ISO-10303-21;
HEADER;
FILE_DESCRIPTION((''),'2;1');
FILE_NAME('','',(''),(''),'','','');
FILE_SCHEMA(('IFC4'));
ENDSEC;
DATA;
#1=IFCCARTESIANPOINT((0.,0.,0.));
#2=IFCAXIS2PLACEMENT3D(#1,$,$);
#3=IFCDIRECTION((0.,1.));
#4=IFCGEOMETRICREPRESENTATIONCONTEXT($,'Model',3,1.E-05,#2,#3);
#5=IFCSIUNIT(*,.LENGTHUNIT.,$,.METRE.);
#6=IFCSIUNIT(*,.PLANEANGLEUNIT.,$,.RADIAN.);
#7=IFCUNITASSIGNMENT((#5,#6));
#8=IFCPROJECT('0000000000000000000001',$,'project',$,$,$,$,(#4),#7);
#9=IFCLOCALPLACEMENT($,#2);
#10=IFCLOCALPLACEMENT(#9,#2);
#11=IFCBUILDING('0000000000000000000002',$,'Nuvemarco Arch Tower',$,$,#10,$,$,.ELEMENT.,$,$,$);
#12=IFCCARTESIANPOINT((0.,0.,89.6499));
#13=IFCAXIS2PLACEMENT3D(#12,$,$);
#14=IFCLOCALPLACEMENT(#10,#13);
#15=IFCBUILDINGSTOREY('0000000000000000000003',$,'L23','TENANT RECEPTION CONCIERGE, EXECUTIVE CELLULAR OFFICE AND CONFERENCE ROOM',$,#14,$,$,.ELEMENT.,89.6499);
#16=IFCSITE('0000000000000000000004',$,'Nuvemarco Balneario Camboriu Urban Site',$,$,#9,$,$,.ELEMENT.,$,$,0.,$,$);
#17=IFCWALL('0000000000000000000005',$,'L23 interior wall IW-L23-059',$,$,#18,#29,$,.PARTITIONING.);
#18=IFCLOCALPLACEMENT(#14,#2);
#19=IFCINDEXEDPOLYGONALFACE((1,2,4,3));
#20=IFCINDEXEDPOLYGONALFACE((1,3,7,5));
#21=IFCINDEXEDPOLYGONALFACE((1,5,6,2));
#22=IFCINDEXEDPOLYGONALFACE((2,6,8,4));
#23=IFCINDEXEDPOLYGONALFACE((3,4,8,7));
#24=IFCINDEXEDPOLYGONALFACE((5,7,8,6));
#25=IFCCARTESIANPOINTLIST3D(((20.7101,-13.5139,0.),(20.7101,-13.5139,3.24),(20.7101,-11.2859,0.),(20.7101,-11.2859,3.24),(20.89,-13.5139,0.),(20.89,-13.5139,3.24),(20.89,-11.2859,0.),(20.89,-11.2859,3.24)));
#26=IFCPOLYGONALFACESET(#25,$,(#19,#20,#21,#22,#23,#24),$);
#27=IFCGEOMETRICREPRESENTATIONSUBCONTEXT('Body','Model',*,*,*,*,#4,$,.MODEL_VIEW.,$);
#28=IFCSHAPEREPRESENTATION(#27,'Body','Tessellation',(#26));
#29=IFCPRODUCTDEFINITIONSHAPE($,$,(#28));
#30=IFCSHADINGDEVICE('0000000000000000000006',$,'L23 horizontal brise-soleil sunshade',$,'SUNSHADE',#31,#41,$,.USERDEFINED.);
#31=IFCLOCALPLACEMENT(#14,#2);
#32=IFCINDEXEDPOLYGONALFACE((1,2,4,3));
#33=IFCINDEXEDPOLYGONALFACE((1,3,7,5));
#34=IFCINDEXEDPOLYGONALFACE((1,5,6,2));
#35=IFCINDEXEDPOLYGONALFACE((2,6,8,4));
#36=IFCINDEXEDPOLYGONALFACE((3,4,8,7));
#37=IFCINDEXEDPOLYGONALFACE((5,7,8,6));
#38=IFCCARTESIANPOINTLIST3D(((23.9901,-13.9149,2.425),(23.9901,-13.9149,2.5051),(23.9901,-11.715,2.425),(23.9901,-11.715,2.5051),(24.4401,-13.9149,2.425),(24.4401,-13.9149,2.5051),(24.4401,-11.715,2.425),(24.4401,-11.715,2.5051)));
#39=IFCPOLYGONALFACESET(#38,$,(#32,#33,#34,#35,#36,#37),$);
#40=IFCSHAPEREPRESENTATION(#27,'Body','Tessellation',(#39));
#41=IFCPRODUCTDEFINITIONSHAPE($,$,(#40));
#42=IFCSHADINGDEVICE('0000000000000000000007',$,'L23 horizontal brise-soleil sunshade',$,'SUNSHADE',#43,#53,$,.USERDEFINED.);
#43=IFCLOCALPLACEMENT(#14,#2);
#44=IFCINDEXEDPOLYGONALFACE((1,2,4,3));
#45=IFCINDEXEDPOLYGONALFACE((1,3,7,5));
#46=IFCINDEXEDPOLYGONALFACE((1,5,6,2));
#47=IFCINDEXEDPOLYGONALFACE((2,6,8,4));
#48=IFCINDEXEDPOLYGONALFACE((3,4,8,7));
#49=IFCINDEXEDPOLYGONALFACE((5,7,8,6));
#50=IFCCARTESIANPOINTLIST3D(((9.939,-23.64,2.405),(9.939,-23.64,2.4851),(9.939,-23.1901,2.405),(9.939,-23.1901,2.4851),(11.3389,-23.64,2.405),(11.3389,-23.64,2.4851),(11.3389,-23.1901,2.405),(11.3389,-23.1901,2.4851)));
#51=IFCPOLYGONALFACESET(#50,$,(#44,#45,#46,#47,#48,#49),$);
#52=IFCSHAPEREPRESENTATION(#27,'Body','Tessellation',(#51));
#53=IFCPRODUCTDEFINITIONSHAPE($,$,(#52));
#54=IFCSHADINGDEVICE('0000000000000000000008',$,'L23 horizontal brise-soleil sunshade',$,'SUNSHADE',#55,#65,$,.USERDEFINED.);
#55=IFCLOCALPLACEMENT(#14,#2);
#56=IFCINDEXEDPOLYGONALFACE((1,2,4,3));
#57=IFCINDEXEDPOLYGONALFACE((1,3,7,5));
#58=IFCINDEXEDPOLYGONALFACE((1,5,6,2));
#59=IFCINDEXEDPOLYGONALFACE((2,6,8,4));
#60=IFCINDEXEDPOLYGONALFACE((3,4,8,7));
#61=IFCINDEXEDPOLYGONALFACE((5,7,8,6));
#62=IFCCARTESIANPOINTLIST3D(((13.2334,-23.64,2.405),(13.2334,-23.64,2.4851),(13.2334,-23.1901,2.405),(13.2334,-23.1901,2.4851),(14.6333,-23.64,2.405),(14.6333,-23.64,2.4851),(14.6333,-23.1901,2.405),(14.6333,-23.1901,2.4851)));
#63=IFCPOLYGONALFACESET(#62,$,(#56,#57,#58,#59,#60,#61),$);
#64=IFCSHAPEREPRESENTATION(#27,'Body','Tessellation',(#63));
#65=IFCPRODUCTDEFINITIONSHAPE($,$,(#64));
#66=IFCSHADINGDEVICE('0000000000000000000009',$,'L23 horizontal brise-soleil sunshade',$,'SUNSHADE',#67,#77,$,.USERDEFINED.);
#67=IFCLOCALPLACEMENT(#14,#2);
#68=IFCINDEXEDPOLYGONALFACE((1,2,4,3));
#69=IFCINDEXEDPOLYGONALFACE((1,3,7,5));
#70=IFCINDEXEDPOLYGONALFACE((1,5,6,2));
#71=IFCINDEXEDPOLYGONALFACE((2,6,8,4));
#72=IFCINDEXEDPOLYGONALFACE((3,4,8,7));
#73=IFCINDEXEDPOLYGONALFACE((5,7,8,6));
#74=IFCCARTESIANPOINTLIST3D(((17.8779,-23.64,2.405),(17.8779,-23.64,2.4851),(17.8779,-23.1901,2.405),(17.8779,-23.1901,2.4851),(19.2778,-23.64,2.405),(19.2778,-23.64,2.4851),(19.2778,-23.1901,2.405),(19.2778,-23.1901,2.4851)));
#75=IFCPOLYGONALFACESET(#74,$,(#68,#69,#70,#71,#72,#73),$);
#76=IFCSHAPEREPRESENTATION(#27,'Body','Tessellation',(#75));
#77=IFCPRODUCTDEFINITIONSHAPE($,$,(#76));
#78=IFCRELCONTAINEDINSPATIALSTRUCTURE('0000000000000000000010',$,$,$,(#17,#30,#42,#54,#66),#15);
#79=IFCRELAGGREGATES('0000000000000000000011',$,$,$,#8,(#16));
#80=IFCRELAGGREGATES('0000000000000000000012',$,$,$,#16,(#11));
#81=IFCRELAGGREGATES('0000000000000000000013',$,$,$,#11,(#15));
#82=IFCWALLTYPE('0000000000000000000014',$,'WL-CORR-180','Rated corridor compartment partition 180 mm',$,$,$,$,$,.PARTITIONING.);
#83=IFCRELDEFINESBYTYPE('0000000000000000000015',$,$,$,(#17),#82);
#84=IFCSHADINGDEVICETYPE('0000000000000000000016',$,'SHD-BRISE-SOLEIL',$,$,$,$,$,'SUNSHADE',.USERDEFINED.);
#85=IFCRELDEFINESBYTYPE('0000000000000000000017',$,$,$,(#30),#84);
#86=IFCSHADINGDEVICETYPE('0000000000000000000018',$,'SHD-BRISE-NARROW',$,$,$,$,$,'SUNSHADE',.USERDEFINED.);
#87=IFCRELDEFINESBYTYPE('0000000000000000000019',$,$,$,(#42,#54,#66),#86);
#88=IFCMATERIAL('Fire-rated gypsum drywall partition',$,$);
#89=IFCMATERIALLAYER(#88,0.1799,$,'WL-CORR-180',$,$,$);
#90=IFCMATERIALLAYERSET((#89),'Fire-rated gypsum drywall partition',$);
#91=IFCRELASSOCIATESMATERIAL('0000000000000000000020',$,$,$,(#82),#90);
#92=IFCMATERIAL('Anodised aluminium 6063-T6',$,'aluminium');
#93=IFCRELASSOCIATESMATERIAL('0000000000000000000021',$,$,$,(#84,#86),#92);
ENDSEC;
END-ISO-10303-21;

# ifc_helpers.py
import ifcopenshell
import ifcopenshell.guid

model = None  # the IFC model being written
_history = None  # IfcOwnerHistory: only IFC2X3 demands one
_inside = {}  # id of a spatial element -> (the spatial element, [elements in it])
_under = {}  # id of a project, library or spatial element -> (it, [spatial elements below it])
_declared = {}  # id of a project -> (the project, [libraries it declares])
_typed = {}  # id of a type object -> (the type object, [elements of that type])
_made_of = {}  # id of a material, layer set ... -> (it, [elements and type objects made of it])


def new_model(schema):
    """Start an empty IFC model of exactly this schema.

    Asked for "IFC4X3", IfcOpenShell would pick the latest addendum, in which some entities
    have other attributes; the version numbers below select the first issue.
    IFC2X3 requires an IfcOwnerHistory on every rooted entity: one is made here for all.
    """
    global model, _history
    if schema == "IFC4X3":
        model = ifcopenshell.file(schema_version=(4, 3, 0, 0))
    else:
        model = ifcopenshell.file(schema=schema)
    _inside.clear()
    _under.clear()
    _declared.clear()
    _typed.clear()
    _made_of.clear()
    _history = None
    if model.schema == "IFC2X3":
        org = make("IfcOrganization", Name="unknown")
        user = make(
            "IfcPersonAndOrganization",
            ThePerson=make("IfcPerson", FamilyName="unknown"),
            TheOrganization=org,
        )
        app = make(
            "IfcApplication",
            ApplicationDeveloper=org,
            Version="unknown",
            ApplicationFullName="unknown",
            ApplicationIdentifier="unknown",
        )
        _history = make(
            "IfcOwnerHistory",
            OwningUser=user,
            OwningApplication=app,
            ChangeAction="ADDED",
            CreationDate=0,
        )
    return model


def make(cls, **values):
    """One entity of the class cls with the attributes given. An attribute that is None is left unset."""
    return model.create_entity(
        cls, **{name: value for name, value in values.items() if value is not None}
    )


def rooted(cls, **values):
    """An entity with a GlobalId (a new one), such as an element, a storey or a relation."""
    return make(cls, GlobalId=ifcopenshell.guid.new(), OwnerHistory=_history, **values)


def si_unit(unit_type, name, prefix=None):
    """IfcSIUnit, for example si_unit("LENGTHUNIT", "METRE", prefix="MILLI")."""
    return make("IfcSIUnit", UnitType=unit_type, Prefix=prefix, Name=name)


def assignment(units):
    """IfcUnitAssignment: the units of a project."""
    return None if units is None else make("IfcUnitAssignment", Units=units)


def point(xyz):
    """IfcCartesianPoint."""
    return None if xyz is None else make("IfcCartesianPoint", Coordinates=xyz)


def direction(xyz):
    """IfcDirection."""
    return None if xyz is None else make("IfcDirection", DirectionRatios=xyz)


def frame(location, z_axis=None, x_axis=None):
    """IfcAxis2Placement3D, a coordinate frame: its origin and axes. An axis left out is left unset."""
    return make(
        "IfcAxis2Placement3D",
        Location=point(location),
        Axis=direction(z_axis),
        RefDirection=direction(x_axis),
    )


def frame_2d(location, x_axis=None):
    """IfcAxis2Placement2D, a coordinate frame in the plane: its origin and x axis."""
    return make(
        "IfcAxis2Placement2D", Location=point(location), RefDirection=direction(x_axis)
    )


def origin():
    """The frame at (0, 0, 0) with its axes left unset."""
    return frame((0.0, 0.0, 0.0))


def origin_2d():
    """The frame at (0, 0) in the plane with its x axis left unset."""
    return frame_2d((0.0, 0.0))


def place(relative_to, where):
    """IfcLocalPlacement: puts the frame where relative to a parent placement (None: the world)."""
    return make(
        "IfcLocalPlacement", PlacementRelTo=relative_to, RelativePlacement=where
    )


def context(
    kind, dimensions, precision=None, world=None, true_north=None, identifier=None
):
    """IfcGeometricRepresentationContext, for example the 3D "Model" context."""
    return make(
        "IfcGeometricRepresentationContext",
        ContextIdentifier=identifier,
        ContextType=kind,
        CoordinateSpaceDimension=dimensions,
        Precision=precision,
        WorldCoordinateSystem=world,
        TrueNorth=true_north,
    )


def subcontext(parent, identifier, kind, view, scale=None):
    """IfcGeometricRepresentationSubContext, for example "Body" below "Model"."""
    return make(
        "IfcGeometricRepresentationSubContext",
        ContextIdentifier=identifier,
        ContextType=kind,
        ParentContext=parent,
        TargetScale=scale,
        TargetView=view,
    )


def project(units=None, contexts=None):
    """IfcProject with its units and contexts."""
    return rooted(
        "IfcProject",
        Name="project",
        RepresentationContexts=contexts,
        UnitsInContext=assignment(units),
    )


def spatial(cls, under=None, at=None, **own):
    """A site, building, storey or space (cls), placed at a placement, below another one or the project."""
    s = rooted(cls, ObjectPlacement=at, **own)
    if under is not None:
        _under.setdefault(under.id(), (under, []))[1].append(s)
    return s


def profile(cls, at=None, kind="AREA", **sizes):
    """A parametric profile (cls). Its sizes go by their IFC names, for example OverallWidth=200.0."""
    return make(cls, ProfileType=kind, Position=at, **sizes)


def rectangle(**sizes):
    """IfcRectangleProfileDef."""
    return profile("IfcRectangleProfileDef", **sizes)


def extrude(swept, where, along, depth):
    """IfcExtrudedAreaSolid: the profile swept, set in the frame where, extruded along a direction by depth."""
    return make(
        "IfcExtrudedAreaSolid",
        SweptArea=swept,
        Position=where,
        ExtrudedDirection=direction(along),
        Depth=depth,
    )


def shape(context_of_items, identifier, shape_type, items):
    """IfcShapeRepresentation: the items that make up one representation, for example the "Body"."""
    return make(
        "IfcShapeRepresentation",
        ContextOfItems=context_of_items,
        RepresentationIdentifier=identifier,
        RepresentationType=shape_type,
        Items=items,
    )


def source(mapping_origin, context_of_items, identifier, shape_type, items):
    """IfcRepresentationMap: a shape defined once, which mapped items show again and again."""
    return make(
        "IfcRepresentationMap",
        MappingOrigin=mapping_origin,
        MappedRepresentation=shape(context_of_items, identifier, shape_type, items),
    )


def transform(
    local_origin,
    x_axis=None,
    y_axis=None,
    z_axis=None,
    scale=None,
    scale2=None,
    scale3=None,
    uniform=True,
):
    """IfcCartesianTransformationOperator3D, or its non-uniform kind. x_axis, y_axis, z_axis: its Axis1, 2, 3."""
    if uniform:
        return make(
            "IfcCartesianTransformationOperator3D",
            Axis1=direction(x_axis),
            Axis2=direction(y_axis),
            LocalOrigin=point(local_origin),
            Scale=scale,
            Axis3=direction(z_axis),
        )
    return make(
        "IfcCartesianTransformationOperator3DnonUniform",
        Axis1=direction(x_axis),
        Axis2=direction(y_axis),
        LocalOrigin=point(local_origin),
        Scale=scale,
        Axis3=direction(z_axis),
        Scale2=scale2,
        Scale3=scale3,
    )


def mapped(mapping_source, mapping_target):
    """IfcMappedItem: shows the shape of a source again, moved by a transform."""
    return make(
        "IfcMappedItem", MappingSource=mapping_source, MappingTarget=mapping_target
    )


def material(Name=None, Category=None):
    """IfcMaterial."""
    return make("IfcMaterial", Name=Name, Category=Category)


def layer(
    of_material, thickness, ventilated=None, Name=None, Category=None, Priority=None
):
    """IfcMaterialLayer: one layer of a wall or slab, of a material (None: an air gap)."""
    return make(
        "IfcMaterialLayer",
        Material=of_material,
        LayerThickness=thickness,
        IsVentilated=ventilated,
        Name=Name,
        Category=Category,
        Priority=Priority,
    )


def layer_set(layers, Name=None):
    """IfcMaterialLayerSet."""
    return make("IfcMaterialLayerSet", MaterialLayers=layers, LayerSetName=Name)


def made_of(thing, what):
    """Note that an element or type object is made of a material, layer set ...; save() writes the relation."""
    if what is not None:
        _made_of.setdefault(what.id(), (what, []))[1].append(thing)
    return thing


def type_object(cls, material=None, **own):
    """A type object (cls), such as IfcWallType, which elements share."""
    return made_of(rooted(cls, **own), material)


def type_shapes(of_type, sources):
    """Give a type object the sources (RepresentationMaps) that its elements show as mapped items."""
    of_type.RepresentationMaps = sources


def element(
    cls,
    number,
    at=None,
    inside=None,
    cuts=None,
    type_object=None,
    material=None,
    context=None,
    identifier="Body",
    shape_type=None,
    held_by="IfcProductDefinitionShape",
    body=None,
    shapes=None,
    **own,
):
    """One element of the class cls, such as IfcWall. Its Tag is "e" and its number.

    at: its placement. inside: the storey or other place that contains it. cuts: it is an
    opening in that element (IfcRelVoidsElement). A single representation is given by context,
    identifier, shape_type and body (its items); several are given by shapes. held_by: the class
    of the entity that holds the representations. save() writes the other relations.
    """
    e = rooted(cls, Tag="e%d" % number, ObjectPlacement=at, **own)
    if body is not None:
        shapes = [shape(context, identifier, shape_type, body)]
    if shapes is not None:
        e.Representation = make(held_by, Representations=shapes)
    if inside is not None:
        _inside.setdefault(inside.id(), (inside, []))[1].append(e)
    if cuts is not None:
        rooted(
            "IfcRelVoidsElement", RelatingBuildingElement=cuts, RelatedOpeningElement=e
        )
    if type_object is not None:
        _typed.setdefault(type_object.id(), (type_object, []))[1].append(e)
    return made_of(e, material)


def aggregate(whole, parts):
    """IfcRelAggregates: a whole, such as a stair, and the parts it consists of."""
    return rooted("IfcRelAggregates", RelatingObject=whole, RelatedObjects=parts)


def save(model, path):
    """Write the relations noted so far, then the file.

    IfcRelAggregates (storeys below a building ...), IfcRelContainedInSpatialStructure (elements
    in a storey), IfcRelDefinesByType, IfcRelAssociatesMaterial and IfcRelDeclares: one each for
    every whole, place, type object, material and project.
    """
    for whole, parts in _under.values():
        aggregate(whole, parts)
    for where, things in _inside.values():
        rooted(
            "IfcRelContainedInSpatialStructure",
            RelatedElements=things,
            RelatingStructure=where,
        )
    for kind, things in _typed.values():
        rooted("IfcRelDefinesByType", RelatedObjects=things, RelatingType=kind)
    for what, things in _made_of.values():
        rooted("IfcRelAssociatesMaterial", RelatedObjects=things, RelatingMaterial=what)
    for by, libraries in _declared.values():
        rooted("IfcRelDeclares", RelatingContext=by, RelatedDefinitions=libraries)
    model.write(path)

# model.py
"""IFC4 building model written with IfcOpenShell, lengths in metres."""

from ifc_helpers import new_model, si_unit, direction, frame, frame_2d, origin, origin_2d, place, context, subcontext, project, spatial, rectangle, extrude, source, transform, mapped, material, layer, layer_set, type_object, type_shapes, element, save


model = new_model("IFC4")

# Units and contexts
model_context = context("Model", 3, precision=1e-05, world=origin(), true_north=direction((0.0, 1.0)))
body_context = subcontext(model_context, "Body", "Model", "MODEL_VIEW")
ifc_project = project(units=[si_unit("LENGTHUNIT", "METRE"), si_unit("PLANEANGLEUNIT", "RADIAN")], contexts=[model_context])

# Site, building, storey
site_placement = place(None, origin())
site = spatial("IfcSite", under=ifc_project, at=site_placement, Name="Nuvemarco Balneario Camboriu Urban Site", CompositionType="ELEMENT", RefElevation=0.0)
building_placement = place(site_placement, origin())
building = spatial("IfcBuilding", under=site, at=building_placement, Name="Nuvemarco Arch Tower", CompositionType="ELEMENT")
storey_placement = place(building_placement, frame((0.0, 0.0, 89.6499)))
storey = spatial("IfcBuildingStorey", under=building, at=storey_placement, Name="L23", Description="TENANT RECEPTION CONCIERGE, EXECUTIVE CELLULAR OFFICE AND CONFERENCE ROOM", CompositionType="ELEMENT", Elevation=89.6499)

# Shared definitions
ifc_material_1 = material(Name="Fire-rated gypsum drywall partition")
ifc_layer_1 = layer(ifc_material_1, 0.1799, Name="WL-CORR-180")
ifc_layer_set_1 = layer_set([ifc_layer_1], Name="Fire-rated gypsum drywall partition")
wall_type_1 = type_object("IfcWallType", Name="WL-CORR-180", Description="Rated corridor compartment partition 180 mm", PredefinedType="PARTITIONING", material=ifc_layer_set_1)

# Wall
wall_1_placement = place(storey_placement, frame((20.8, -13.5139, 0.0), z_axis=(0.0, 0.0, 1.0), x_axis=(0.0, 1.0, 0.0)))
element("IfcWall", 1, at=wall_1_placement, inside=storey, type_object=wall_type_1, Name="L23 interior wall IW-L23-059", PredefinedType="PARTITIONING", context=body_context, shape_type="SweptSolid", body=[
    extrude(rectangle(XDim=2.228, YDim=0.1799, at=frame_2d((1.114, 0.0))), origin(), (0.0, 0.0, 1.0), 3.24),
])

# Shading devices
ifc_material_2 = material(Name="Anodised aluminium 6063-T6", Category="aluminium")
shading_device_type_1 = type_object("IfcShadingDeviceType", Name="SHD-BRISE-SOLEIL", ElementType="SUNSHADE", PredefinedType="USERDEFINED", material=ifc_material_2)
shared_shape_1 = source(origin(), body_context, "Body", "SweptSolid", [
    extrude(rectangle(XDim=2.2, YDim=0.45, at=origin_2d()), origin(), (0.0, 0.0, 1.0), 0.0801),
])
type_shapes(shading_device_type_1, [shared_shape_1])
shading_device_placement = place(storey_placement, frame((24.2151, -12.8149, 2.425), z_axis=(0.0, 0.0, 1.0), x_axis=(0.0, 1.0, 0.0)))
element("IfcShadingDevice", 2, at=shading_device_placement, inside=storey, type_object=shading_device_type_1, Name="L23 horizontal brise-soleil sunshade", ObjectType="SUNSHADE", PredefinedType="USERDEFINED", context=body_context, shape_type="MappedRepresentation", body=[
    mapped(shared_shape_1, transform((0.0, 0.0, 0.0), scale=1.0)),
])
shading_device_type_2 = type_object("IfcShadingDeviceType", Name="SHD-BRISE-NARROW", ElementType="SUNSHADE", PredefinedType="USERDEFINED", material=ifc_material_2)
shared_shape_2 = source(origin(), body_context, "Body", "SweptSolid", [
    extrude(rectangle(XDim=1.3999, YDim=0.45, at=origin_2d()), origin(), (0.0, 0.0, 1.0), 0.0801),
])
type_shapes(shading_device_type_2, [shared_shape_2])
for number, where, z_axis, x_axis, name in (
    (3, (10.6389, -23.415, 2.405), (0.0, 0.0, 1.0), (1.0, 0.0, 0.0), "L23 horizontal brise-soleil sunshade"),
    (4, (13.9333, -23.415, 2.405), (0.0, 0.0, 1.0), (1.0, 0.0, 0.0), "L23 horizontal brise-soleil sunshade"),
    (5, (18.5779, -23.415, 2.405), (0.0, 0.0, 1.0), (1.0, 0.0, 0.0), "L23 horizontal brise-soleil sunshade"),
):
    element("IfcShadingDevice", number, at=place(storey_placement, frame(where, z_axis=z_axis, x_axis=x_axis)), inside=storey, type_object=shading_device_type_2, Name=name, ObjectType="SUNSHADE", PredefinedType="USERDEFINED", context=body_context, shape_type="MappedRepresentation", body=[
        mapped(shared_shape_2, transform((0.0, 0.0, 0.0), scale=1.0)),
    ])

save(model, "model.ifc")
